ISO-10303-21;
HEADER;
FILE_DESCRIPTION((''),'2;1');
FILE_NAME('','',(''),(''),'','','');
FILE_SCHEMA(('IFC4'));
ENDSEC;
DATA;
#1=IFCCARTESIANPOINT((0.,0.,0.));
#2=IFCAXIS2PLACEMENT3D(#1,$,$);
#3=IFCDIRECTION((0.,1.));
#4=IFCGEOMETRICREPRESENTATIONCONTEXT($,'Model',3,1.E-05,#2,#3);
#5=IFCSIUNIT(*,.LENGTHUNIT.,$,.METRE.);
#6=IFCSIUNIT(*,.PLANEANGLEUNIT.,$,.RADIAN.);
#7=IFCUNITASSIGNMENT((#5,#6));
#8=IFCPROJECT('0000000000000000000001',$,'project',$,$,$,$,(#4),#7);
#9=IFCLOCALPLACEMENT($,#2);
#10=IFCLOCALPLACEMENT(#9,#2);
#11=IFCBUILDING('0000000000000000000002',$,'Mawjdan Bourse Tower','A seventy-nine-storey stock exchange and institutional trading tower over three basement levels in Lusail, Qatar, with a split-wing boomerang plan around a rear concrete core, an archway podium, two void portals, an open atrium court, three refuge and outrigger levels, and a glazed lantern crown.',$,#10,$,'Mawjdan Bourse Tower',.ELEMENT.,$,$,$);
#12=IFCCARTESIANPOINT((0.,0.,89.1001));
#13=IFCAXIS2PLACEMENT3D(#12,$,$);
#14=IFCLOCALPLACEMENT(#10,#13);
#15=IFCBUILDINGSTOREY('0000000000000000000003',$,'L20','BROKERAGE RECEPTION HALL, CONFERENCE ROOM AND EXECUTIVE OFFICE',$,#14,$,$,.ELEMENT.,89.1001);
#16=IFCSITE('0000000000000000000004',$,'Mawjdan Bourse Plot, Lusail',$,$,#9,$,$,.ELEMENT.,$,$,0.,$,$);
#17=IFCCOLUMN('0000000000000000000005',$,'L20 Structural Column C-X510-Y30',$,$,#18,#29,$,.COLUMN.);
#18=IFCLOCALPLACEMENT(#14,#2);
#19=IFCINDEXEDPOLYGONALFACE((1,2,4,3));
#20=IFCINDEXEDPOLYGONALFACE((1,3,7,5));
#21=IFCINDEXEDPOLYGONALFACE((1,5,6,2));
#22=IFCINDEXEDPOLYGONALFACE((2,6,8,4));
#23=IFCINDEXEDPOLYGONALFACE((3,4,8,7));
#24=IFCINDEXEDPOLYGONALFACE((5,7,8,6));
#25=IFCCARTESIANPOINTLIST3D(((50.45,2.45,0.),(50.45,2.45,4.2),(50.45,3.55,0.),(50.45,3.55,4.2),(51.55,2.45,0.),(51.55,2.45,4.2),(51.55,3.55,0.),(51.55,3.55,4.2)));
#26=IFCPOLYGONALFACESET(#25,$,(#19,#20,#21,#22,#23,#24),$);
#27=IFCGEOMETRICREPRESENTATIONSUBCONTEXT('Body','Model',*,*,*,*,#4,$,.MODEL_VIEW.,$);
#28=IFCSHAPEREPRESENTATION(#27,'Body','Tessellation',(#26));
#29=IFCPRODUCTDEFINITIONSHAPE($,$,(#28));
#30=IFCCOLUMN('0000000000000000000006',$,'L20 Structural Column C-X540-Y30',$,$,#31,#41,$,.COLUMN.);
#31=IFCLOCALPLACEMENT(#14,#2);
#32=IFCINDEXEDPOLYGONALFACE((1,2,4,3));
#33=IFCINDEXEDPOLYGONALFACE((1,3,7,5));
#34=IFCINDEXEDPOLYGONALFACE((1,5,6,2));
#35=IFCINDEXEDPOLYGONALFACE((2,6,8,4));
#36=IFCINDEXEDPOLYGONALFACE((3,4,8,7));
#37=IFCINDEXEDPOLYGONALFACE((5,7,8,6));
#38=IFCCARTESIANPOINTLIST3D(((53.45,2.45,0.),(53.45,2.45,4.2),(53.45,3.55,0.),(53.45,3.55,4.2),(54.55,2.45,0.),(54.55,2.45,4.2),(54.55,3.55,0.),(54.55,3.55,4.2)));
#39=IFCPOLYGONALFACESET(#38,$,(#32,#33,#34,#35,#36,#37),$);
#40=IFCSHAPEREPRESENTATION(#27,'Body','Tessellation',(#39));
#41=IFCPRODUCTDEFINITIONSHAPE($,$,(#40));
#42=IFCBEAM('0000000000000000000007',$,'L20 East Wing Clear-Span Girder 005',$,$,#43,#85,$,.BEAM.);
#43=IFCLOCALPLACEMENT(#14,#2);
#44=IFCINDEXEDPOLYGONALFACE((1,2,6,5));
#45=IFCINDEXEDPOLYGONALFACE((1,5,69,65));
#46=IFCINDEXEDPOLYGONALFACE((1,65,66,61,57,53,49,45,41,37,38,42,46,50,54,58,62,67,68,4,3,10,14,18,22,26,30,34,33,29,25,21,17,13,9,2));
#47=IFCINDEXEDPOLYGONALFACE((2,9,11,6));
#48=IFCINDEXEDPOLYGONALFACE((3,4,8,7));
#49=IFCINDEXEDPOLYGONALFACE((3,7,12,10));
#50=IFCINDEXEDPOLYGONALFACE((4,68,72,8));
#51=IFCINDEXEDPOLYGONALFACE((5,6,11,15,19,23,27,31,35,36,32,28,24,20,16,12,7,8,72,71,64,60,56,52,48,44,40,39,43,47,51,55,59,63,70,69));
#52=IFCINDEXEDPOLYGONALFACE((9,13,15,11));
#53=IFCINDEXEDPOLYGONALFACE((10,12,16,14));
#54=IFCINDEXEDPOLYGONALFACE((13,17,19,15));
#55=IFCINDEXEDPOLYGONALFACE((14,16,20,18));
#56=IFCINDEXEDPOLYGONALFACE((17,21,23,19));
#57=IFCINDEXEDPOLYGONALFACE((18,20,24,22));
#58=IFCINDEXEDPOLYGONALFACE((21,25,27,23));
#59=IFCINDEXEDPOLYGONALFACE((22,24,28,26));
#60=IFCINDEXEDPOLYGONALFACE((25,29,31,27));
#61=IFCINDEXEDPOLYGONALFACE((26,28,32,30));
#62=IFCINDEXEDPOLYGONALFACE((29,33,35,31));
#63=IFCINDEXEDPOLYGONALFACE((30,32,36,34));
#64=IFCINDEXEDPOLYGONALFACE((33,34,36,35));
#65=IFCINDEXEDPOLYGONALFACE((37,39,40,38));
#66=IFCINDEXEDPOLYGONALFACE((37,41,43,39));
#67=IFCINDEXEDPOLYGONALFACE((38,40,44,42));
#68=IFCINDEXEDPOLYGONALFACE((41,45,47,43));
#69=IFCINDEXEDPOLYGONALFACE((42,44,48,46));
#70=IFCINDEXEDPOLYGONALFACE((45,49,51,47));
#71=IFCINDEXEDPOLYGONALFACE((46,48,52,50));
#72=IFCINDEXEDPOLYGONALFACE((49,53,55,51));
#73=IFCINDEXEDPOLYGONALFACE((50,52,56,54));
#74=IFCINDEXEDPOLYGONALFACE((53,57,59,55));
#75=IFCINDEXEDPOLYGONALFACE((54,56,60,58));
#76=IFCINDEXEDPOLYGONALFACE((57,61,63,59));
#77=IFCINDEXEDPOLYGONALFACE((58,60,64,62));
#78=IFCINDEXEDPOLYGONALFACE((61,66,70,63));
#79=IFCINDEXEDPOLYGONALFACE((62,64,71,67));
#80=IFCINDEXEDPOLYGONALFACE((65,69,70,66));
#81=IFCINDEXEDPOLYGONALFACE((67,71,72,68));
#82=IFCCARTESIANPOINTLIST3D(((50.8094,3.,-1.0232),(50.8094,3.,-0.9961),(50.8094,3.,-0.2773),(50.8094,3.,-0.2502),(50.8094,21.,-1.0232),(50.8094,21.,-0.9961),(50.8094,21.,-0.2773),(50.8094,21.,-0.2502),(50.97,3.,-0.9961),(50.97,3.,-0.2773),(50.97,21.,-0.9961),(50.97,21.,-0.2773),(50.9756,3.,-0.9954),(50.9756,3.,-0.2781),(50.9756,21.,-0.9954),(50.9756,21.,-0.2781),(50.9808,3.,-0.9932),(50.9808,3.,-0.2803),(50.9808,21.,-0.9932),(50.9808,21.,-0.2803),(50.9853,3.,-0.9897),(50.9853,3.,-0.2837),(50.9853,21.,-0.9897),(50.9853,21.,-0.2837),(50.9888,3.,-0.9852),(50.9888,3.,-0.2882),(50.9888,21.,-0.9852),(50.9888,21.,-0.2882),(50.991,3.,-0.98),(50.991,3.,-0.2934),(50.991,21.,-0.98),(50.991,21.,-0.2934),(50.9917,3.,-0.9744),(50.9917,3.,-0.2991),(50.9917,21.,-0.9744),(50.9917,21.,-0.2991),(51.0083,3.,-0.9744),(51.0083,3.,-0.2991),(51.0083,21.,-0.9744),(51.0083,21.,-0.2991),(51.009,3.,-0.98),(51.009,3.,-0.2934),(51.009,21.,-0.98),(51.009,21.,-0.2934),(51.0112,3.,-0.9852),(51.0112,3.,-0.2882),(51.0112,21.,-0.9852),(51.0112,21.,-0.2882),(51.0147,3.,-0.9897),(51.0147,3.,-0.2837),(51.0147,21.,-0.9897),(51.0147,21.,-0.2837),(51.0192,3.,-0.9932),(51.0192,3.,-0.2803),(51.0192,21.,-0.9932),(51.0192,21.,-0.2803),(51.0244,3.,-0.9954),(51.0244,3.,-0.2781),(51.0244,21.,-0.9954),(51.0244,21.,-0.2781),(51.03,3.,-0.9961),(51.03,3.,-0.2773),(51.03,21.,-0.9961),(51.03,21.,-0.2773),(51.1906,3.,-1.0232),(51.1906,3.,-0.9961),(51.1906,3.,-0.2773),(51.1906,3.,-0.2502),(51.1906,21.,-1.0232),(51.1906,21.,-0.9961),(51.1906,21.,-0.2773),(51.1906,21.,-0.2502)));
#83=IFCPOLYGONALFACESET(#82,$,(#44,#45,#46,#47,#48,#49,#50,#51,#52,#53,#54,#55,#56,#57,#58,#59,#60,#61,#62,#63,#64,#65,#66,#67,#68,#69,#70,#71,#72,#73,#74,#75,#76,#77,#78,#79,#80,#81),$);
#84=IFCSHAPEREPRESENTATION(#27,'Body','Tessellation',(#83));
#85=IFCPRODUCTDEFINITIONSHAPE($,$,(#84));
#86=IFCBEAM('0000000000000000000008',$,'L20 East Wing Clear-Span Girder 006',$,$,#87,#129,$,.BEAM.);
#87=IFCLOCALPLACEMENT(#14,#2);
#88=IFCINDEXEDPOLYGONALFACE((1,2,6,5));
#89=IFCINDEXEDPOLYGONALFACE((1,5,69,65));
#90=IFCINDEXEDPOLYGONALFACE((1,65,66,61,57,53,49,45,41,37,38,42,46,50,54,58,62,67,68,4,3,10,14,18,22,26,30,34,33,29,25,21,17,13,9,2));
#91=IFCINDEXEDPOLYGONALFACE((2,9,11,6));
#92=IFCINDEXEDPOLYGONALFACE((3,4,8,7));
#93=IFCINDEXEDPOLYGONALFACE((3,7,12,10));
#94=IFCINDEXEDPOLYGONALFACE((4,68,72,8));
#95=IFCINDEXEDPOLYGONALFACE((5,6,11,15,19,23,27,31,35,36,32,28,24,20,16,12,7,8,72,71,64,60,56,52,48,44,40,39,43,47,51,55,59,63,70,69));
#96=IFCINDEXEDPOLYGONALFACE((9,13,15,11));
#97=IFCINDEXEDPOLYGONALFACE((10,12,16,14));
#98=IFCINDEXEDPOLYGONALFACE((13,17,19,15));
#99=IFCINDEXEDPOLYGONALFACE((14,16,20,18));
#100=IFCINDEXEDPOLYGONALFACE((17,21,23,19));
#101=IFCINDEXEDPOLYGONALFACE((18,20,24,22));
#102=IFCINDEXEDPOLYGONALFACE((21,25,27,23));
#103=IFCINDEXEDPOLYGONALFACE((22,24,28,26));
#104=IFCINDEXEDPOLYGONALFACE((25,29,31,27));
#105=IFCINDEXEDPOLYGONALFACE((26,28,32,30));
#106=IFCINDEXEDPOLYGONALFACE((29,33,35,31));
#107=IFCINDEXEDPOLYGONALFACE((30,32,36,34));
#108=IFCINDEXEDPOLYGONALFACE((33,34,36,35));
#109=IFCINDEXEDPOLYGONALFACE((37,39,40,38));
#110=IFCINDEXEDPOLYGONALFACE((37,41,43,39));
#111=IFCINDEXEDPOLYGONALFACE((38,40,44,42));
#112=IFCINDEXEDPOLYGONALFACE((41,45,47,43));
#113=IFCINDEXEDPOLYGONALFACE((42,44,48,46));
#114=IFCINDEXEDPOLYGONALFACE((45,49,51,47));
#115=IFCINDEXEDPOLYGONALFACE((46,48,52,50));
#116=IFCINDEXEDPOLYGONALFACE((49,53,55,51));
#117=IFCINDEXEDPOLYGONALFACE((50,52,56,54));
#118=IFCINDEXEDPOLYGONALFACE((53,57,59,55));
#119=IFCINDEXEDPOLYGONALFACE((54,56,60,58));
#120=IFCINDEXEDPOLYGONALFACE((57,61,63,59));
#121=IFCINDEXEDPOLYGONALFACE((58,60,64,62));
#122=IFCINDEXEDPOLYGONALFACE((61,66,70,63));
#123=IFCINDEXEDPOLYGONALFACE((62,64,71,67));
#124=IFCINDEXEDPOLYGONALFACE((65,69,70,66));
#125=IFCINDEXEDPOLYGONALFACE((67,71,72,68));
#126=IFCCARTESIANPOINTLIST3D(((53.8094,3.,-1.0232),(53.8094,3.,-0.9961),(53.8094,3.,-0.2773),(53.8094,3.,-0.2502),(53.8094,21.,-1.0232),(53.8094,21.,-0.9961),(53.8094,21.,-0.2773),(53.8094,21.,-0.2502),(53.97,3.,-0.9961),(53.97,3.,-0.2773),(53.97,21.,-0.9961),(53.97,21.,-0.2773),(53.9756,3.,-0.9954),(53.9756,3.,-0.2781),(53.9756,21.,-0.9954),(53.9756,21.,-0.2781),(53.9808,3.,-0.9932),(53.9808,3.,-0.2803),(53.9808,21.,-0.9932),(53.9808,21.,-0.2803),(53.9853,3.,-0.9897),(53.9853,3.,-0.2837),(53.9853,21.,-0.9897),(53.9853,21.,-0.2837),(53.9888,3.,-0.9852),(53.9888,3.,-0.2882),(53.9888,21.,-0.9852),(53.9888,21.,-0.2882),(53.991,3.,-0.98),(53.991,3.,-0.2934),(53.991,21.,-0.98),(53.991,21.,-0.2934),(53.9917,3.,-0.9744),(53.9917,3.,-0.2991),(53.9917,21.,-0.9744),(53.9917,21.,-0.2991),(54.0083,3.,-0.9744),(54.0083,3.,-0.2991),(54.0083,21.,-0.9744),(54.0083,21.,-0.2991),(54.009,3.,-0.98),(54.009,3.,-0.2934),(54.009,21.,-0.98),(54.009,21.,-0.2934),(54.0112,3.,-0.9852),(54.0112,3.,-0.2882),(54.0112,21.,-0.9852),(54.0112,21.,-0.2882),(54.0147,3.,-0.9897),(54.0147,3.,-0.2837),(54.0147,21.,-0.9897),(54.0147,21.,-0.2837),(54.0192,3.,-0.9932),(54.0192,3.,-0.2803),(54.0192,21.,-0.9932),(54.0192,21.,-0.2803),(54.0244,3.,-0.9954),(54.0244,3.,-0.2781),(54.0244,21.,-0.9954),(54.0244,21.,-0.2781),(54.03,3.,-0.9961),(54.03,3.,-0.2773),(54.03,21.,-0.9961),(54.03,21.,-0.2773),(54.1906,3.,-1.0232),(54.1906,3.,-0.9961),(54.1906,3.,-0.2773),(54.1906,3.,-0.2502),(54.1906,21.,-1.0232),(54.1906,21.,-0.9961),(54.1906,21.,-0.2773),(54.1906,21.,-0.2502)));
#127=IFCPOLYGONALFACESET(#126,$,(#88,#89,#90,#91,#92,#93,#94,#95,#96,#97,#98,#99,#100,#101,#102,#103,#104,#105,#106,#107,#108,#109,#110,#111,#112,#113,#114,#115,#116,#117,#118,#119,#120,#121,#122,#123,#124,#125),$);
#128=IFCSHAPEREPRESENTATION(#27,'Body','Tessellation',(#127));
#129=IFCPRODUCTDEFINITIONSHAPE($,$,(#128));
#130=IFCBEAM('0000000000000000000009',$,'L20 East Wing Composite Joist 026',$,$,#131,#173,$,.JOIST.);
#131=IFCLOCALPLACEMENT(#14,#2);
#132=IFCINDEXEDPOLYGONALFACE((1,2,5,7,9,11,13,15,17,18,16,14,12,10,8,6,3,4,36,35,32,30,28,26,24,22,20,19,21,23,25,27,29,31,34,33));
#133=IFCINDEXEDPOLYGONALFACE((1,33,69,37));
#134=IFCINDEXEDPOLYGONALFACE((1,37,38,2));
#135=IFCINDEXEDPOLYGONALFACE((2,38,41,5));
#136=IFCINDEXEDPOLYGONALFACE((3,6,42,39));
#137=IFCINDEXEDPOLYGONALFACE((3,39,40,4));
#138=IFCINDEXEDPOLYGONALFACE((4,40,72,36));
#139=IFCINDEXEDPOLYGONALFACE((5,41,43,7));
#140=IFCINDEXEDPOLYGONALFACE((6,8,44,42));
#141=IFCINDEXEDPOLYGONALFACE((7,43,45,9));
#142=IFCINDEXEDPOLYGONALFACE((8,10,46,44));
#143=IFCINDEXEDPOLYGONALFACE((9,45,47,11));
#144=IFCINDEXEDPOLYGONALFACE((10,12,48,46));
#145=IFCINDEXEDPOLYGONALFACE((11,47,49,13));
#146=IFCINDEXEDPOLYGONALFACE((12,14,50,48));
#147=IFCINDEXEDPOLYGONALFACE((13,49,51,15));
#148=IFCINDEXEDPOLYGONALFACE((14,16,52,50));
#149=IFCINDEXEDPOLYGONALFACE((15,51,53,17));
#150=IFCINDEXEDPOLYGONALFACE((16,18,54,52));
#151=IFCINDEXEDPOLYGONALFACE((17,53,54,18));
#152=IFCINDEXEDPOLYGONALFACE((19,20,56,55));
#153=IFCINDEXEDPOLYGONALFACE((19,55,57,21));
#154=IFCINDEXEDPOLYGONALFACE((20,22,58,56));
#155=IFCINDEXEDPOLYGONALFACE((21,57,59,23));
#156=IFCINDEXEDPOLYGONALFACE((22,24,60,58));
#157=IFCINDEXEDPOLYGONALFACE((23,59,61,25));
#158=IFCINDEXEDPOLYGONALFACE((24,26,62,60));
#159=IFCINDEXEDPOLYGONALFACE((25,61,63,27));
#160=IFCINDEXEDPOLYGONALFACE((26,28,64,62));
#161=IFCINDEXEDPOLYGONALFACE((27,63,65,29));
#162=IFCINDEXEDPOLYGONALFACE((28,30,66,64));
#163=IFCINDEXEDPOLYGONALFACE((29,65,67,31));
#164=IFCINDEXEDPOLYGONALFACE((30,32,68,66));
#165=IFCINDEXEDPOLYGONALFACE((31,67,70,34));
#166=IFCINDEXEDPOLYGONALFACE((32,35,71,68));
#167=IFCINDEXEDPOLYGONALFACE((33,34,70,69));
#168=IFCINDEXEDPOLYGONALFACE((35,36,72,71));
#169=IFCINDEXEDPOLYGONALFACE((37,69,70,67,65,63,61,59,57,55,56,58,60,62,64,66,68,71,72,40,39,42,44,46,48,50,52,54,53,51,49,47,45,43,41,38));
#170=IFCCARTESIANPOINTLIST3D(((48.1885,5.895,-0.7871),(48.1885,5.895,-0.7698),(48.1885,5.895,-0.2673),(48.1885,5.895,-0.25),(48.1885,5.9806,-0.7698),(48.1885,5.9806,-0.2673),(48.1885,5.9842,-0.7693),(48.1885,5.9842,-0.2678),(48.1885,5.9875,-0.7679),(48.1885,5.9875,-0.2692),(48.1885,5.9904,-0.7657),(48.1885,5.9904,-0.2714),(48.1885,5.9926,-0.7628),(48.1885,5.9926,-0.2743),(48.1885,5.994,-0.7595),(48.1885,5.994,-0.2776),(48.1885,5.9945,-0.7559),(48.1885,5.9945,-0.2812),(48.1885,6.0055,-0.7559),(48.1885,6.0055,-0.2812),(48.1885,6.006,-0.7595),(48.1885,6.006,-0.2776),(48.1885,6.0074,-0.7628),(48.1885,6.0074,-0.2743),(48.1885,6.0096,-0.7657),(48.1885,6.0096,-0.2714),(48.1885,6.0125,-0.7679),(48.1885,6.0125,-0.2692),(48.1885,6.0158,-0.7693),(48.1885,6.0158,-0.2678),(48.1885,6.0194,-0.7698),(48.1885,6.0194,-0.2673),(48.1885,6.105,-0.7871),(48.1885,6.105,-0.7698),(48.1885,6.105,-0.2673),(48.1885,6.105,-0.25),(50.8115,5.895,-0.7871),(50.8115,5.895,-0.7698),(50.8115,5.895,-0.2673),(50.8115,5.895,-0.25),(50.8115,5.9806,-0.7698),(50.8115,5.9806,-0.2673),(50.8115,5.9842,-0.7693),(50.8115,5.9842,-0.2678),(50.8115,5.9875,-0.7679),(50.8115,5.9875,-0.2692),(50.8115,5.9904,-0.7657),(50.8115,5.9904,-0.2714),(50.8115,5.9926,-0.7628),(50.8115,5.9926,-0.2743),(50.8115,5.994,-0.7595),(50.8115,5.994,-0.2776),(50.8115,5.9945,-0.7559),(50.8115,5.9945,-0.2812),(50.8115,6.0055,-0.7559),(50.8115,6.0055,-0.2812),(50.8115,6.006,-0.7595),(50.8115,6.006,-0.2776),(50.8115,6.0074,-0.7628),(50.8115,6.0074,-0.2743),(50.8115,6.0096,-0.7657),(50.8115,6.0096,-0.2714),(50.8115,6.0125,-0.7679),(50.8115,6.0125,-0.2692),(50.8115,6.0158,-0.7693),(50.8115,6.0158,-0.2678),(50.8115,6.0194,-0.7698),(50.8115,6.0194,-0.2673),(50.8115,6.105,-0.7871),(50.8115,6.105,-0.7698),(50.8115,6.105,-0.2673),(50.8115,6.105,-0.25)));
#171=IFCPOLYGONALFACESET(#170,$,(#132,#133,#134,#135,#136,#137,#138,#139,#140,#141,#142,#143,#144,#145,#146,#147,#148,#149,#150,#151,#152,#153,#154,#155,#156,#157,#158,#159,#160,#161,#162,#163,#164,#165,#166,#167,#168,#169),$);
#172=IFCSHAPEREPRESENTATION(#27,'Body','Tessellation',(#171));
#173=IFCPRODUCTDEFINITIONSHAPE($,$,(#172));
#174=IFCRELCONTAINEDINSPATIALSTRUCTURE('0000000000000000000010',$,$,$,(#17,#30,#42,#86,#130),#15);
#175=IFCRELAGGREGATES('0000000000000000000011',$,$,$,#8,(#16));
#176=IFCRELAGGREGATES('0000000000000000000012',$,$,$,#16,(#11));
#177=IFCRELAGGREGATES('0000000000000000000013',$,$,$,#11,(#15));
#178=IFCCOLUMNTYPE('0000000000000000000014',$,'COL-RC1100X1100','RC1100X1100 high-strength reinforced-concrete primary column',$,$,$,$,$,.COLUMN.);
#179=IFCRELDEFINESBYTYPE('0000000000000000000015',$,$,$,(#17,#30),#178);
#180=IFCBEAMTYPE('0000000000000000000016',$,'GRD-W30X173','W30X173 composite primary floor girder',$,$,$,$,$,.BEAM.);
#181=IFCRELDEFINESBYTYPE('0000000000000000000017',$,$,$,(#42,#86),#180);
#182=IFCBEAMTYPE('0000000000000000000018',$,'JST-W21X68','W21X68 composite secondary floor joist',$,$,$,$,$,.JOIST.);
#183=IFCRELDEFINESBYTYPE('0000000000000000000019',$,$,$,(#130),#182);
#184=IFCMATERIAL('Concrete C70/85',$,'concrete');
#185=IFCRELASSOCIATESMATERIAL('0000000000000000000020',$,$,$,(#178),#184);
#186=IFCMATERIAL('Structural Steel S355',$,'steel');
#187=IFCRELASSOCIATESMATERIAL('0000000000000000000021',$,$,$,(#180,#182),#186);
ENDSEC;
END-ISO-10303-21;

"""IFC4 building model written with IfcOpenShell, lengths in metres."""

from ifc_helpers import new_model, si_unit, direction, frame, origin, origin_2d, place, context, subcontext, project, spatial, rectangle, i_section, extrude, material, material_profile, profile_set, type_object, element, save


model = new_model("IFC4")

# Units and contexts
model_context = context("Model", 3, precision=1e-05, world=origin(), true_north=direction((0.0, 1.0)))
body_context = subcontext(model_context, "Body", "Model", "MODEL_VIEW")
ifc_project = project(units=[si_unit("LENGTHUNIT", "METRE"), si_unit("PLANEANGLEUNIT", "RADIAN")], contexts=[model_context])

# Site, building, storey
site_placement = place(None, origin())
site = spatial("IfcSite", under=ifc_project, at=site_placement, Name="Mawjdan Bourse Plot, Lusail", CompositionType="ELEMENT", RefElevation=0.0)
building_placement = place(site_placement, origin())
building = spatial("IfcBuilding", under=site, at=building_placement, Name="Mawjdan Bourse Tower", Description="A seventy-nine-storey stock exchange and institutional trading tower over three basement levels in Lusail, Qatar, with a split-wing boomerang plan around a rear concrete core, an archway podium, two void portals, an open atrium court, three refuge and outrigger levels, and a glazed lantern crown.", LongName="Mawjdan Bourse Tower", CompositionType="ELEMENT")
storey_placement = place(building_placement, frame((0.0, 0.0, 89.1001)))
storey = spatial("IfcBuildingStorey", under=building, at=storey_placement, Name="L20", Description="BROKERAGE RECEPTION HALL, CONFERENCE ROOM AND EXECUTIVE OFFICE", CompositionType="ELEMENT", Elevation=89.1001)

# Columns
ifc_material_1 = material(Name="Concrete C70/85", Category="concrete")
ifc_material_profile_1 = material_profile(ifc_material_1, rectangle(XDim=1.1001, YDim=1.1001, at=origin_2d()), Name="RC1100X1100")
ifc_profile_set_1 = profile_set([ifc_material_profile_1], Name="Concrete C70/85")
column_type = type_object("IfcColumnType", Name="COL-RC1100X1100", Description="RC1100X1100 high-strength reinforced-concrete primary column", PredefinedType="COLUMN", material=ifc_profile_set_1)
for number, where, z_axis, x_axis, name in (
    (1, (51.0, 3.0, 0.0), (0.0, 0.0, 1.0), (1.0, 0.0, 0.0), "L20 Structural Column C-X510-Y30"),
    (2, (54.0, 3.0, 0.0), (0.0, 0.0, 1.0), (1.0, 0.0, 0.0), "L20 Structural Column C-X540-Y30"),
):
    element("IfcColumn", number, at=place(storey_placement, frame(where, z_axis=z_axis, x_axis=x_axis)), inside=storey, type_object=column_type, Name=name, PredefinedType="COLUMN", context=body_context, shape_type="SweptSolid", body=[
        extrude(rectangle(XDim=1.1001, YDim=1.1001, at=origin_2d()), origin(), (0.0, 0.0, 1.0), 4.2),
    ])

# Beams
ifc_material_2 = material(Name="Structural Steel S355", Category="steel")
ifc_material_profile_2 = material_profile(ifc_material_2, i_section(OverallWidth=0.3811, OverallDepth=0.7729, WebThickness=0.0166, FlangeThickness=0.0271, FilletRadius=0.0217, at=origin_2d()), Name="W30X173")
ifc_profile_set_2 = profile_set([ifc_material_profile_2], Name="Structural Steel S355")
beam_type_1 = type_object("IfcBeamType", Name="GRD-W30X173", Description="W30X173 composite primary floor girder", PredefinedType="BEAM", material=ifc_profile_set_2)
for number, where, z_axis, x_axis, name in (
    (3, (51.0, 3.0, -0.6367), (0.0, 1.0, 0.0), (-1.0, 0.0, 0.0), "L20 East Wing Clear-Span Girder 005"),
    (4, (54.0, 3.0, -0.6367), (0.0, 1.0, 0.0), (-1.0, 0.0, 0.0), "L20 East Wing Clear-Span Girder 006"),
):
    element("IfcBeam", number, at=place(storey_placement, frame(where, z_axis=z_axis, x_axis=x_axis)), inside=storey, type_object=beam_type_1, Name=name, PredefinedType="BEAM", context=body_context, shape_type="SweptSolid", body=[
        extrude(i_section(OverallWidth=0.3811, OverallDepth=0.7729, WebThickness=0.0166, FlangeThickness=0.0271, FilletRadius=0.0217, at=origin_2d()), origin(), (0.0, 0.0, 1.0), 18.0),
    ])
ifc_material_profile_3 = material_profile(ifc_material_2, i_section(OverallWidth=0.21, OverallDepth=0.5371, WebThickness=0.011, FlangeThickness=0.0173, FilletRadius=0.0139, at=origin_2d()), Name="W21X68")
ifc_profile_set_3 = profile_set([ifc_material_profile_3], Name="Structural Steel S355")
beam_type_2 = type_object("IfcBeamType", Name="JST-W21X68", Description="W21X68 composite secondary floor joist", PredefinedType="JOIST", material=ifc_profile_set_3)
for number, where, z_axis, x_axis, name in (
    (5, (48.1885, 6.0, -0.5186), (1.0, 0.0, 0.0), (0.0, 1.0, 0.0), "L20 East Wing Composite Joist 026"),
):
    element("IfcBeam", number, at=place(storey_placement, frame(where, z_axis=z_axis, x_axis=x_axis)), inside=storey, type_object=beam_type_2, Name=name, PredefinedType="JOIST", context=body_context, shape_type="SweptSolid", body=[
        extrude(i_section(OverallWidth=0.21, OverallDepth=0.5371, WebThickness=0.011, FlangeThickness=0.0173, FilletRadius=0.0139, at=origin_2d()), origin(), (0.0, 0.0, 1.0), 2.623),
    ])

save(model, "model.ifc")
